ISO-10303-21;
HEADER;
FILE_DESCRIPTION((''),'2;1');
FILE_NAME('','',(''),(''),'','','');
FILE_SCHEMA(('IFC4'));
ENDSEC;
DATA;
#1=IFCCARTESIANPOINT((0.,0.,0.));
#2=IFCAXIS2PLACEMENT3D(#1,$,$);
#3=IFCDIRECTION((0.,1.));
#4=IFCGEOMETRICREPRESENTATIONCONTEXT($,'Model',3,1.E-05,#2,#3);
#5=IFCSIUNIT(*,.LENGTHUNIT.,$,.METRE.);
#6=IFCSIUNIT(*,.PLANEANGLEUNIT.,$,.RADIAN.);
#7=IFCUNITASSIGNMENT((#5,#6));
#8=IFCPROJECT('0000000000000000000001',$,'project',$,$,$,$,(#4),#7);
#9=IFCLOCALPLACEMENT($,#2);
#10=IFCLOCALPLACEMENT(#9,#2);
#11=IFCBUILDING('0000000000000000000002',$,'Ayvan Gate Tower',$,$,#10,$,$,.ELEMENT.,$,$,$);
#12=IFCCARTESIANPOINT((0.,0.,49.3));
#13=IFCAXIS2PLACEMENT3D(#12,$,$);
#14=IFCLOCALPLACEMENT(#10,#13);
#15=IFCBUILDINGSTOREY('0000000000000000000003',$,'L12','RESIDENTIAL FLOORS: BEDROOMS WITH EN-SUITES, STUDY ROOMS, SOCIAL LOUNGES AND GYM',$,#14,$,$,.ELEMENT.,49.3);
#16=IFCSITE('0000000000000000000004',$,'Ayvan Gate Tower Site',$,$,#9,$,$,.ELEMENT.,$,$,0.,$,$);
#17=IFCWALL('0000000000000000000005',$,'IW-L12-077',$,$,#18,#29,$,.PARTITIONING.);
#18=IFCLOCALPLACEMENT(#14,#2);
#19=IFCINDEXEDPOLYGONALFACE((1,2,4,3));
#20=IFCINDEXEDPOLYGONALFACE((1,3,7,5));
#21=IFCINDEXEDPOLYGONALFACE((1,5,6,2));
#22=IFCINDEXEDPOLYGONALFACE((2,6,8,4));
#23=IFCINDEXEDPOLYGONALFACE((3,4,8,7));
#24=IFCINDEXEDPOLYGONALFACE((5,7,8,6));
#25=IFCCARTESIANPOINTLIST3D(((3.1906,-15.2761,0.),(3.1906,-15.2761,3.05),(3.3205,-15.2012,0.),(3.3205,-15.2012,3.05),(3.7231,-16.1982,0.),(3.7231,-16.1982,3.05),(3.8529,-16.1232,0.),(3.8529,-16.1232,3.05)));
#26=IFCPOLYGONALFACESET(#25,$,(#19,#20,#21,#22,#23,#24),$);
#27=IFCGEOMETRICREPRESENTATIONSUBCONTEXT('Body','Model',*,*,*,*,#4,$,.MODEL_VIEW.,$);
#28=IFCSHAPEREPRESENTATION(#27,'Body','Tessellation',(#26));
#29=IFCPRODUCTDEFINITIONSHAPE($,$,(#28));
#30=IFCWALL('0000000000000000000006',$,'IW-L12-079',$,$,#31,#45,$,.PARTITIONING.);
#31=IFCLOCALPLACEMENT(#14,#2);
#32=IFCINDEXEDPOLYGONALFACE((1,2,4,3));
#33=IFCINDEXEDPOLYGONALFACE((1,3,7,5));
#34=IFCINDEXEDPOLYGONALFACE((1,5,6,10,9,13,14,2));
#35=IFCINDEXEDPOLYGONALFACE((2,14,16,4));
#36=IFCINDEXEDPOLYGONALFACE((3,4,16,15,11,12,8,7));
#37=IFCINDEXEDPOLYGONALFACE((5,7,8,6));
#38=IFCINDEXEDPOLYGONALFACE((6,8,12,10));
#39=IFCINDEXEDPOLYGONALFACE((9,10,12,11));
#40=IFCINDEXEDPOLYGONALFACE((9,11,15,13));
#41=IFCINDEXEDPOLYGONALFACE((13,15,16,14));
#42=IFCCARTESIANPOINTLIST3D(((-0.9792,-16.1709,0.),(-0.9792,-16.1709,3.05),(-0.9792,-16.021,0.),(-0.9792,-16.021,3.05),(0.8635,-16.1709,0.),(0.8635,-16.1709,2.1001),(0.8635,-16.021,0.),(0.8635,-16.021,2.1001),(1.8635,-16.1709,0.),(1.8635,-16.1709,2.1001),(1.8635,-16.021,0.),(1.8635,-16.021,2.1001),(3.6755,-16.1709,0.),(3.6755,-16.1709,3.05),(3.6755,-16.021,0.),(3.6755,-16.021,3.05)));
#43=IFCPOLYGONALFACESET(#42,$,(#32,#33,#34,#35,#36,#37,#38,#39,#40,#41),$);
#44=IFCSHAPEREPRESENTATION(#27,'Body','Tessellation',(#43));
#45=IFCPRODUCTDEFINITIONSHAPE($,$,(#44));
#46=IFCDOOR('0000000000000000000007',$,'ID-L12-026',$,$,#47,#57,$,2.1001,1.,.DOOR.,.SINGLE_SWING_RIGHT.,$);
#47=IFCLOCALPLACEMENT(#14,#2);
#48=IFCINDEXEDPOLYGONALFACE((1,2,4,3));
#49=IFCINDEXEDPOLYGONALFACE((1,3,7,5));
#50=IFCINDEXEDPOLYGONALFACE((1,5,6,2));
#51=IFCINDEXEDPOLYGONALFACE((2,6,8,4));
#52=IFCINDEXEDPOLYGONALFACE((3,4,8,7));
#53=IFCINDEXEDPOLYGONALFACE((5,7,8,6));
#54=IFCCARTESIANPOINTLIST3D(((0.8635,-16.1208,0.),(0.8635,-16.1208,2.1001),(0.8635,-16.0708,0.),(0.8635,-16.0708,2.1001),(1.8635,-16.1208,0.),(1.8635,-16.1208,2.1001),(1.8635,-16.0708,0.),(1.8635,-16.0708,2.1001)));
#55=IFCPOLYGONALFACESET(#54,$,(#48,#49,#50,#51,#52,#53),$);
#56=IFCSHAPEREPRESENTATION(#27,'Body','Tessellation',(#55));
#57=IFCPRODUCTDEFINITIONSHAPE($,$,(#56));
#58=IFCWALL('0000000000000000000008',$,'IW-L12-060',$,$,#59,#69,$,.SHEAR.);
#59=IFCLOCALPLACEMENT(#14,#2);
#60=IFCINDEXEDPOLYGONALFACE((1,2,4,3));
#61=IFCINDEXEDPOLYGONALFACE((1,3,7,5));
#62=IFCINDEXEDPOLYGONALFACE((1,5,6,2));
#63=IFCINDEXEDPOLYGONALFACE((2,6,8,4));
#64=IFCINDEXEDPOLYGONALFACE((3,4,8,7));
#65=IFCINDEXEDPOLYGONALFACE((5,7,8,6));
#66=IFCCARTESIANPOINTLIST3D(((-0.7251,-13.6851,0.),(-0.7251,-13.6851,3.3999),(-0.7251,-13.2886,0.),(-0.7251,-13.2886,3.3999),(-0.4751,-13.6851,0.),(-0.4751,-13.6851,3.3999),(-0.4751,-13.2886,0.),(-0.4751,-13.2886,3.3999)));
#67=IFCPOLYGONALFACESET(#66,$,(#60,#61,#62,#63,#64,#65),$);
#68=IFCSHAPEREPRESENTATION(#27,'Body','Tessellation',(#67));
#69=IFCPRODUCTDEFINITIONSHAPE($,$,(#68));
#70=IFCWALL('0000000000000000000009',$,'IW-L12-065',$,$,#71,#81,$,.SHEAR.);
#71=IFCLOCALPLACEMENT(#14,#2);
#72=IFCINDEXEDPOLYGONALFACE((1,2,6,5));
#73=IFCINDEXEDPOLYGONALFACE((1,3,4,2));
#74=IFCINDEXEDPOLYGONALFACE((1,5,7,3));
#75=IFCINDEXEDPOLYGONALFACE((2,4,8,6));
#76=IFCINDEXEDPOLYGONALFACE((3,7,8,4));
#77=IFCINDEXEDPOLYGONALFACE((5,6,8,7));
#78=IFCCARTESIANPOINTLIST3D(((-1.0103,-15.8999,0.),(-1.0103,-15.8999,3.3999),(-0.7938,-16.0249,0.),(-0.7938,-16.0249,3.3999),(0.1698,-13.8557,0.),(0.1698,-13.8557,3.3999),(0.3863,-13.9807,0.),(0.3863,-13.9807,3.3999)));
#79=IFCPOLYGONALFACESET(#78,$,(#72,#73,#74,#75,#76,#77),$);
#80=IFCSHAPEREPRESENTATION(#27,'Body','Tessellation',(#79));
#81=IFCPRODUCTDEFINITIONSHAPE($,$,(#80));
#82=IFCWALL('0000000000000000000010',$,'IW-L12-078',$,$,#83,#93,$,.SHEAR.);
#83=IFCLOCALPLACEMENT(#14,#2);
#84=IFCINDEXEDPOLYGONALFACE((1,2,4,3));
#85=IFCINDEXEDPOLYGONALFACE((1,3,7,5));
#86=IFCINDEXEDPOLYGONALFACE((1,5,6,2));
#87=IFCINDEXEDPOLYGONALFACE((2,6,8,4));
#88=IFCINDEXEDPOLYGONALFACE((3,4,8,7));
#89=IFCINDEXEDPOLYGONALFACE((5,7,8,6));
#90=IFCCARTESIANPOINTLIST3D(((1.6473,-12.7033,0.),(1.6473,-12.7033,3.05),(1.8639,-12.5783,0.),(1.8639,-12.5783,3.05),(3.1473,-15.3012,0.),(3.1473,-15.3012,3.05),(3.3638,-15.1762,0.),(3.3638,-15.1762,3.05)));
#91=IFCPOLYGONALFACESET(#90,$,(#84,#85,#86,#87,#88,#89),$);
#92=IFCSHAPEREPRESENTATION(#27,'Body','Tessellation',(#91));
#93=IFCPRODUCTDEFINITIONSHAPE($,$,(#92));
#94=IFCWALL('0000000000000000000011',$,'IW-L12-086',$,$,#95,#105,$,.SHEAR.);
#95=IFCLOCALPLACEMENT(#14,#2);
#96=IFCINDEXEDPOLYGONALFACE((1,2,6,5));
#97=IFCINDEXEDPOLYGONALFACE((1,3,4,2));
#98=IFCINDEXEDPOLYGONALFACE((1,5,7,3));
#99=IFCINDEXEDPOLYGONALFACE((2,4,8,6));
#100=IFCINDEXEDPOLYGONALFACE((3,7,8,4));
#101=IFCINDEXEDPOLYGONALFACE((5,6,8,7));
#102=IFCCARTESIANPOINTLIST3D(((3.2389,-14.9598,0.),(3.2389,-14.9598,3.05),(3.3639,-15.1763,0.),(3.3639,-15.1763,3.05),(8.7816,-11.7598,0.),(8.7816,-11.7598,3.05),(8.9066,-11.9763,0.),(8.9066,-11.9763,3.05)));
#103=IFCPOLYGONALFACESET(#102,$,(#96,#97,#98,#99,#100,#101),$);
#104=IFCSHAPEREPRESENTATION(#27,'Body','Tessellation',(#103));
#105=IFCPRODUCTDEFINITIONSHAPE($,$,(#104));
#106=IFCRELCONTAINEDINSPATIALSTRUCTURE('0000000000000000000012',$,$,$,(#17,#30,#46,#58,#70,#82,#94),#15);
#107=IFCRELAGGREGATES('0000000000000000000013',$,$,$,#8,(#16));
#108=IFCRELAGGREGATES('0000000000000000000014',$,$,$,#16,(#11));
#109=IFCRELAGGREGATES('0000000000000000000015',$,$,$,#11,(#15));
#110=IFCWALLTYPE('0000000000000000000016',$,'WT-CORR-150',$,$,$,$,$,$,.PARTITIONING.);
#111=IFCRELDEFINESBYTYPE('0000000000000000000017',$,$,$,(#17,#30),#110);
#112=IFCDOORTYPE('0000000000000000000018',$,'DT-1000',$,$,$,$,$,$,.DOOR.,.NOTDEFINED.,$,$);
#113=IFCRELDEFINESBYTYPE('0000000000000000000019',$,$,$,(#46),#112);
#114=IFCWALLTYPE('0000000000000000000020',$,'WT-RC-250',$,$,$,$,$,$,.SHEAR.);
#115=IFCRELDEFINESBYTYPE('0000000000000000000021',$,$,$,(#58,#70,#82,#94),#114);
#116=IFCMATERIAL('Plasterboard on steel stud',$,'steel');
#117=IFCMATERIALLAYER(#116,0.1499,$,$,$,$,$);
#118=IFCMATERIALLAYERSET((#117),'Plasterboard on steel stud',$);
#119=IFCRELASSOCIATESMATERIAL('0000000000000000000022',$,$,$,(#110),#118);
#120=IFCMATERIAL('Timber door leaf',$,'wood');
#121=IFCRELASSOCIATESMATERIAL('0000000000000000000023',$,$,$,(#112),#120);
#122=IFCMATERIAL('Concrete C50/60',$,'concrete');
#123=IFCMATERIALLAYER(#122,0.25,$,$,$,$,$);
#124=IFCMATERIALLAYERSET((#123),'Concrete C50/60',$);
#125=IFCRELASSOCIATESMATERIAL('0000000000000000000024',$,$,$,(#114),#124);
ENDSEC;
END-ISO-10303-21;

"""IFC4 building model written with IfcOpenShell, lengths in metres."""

from ifc_helpers import new_model, si_unit, direction, frame, frame_2d, origin, place, context, subcontext, project, spatial, rectangle, extrude, material, layer, layer_set, type_object, element, fill, save


model = new_model("IFC4")

# Units and contexts
model_context = context("Model", 3, precision=1e-05, world=origin(), true_north=direction((0.0, 1.0)))
body_context = subcontext(model_context, "Body", "Model", "MODEL_VIEW")
ifc_project = project(units=[si_unit("LENGTHUNIT", "METRE"), si_unit("PLANEANGLEUNIT", "RADIAN")], contexts=[model_context])

# Site, building, storey
site_placement = place(None, origin())
site = spatial("IfcSite", under=ifc_project, at=site_placement, Name="Ayvan Gate Tower Site", CompositionType="ELEMENT", RefElevation=0.0)
building_placement = place(site_placement, origin())
building = spatial("IfcBuilding", under=site, at=building_placement, Name="Ayvan Gate Tower", CompositionType="ELEMENT")
storey_placement = place(building_placement, frame((0.0, 0.0, 49.3)))
storey = spatial("IfcBuildingStorey", under=building, at=storey_placement, Name="L12", Description="RESIDENTIAL FLOORS: BEDROOMS WITH EN-SUITES, STUDY ROOMS, SOCIAL LOUNGES AND GYM", CompositionType="ELEMENT", Elevation=49.3)

# Wall
ifc_material_1 = material(Name="Plasterboard on steel stud", Category="steel")
ifc_layer_1 = layer(ifc_material_1, 0.1499)
ifc_layer_set_1 = layer_set([ifc_layer_1], Name="Plasterboard on steel stud")
wall_type_1 = type_object("IfcWallType", Name="WT-CORR-150", PredefinedType="PARTITIONING", material=ifc_layer_set_1)
wall_1_placement = place(storey_placement, frame((3.2556, -15.2388, 0.0), z_axis=(0.0, 0.0, 1.0), x_axis=(0.50006, -0.865991, 0.0)))
element("IfcWall", 1, at=wall_1_placement, inside=storey, type_object=wall_type_1, Name="IW-L12-077", PredefinedType="PARTITIONING", context=body_context, shape_type="SweptSolid", body=[
    extrude(rectangle(XDim=1.0647, YDim=0.1499, at=frame_2d((0.5322, 0.0))), origin(), (0.0, 0.0, 1.0), 3.05),
])

# Wall, opening, door
wall_2_placement = place(storey_placement, frame((3.6755, -16.0959, 0.0), z_axis=(0.0, 0.0, 1.0), x_axis=(-1.0, 0.0, 0.0)))
wall_2 = element("IfcWall", 2, at=wall_2_placement, inside=storey, type_object=wall_type_1, Name="IW-L12-079", PredefinedType="PARTITIONING", context=body_context, shape_type="SweptSolid", body=[
    extrude(rectangle(XDim=4.6548, YDim=0.1499, at=frame_2d((2.3274, 0.0))), origin(), (0.0, 0.0, 1.0), 3.05),
])
opening_placement = place(wall_2_placement, frame((1.812, 0.0, 0.0)))
opening = element("IfcOpeningElement", 3, at=opening_placement, cuts=wall_2, PredefinedType="OPENING", context=body_context, shape_type="SweptSolid", body=[
    extrude(rectangle(XDim=1.0, YDim=2.1001, at=frame_2d((0.5, 1.05))), frame((0.0, 0.085, 0.0), z_axis=(0.0, -1.0, 0.0), x_axis=(1.0, 0.0, 0.0)), (0.0, 0.0, 1.0), 0.1699),
])
ifc_material_2 = material(Name="Timber door leaf", Category="wood")
door_type = type_object("IfcDoorType", Name="DT-1000", OperationType="NOTDEFINED", PredefinedType="DOOR", material=ifc_material_2)
door_placement = place(opening_placement, origin())
door = element("IfcDoor", 4, at=door_placement, inside=storey, type_object=door_type, Name="ID-L12-026", OperationType="SINGLE_SWING_RIGHT", OverallHeight=2.1001, OverallWidth=1.0, PredefinedType="DOOR", context=body_context, shape_type="SweptSolid", body=[
    extrude(rectangle(XDim=1.0, YDim=2.1001, at=frame_2d((0.5, 1.05))), frame((0.0, 0.0249, 0.0), z_axis=(0.0, -1.0, 0.0), x_axis=(1.0, 0.0, 0.0)), (0.0, 0.0, 1.0), 0.05),
])
fill(opening, door)

# Walls
ifc_material_3 = material(Name="Concrete C50/60", Category="concrete")
ifc_layer_2 = layer(ifc_material_3, 0.25)
ifc_layer_set_2 = layer_set([ifc_layer_2], Name="Concrete C50/60")
wall_type_2 = type_object("IfcWallType", Name="WT-RC-250", PredefinedType="SHEAR", material=ifc_layer_set_2)
wall_3_placement = place(storey_placement, frame((-0.6001, -13.2886, 0.0), z_axis=(0.0, 0.0, 1.0), x_axis=(0.0, -1.0, 0.0)))
element("IfcWall", 5, at=wall_3_placement, inside=storey, type_object=wall_type_2, Name="IW-L12-060", PredefinedType="SHEAR", context=body_context, shape_type="SweptSolid", body=[
    extrude(rectangle(XDim=0.3965, YDim=0.25, at=frame_2d((0.1982, 0.0))), origin(), (0.0, 0.0, 1.0), 3.3999),
])
wall_4_placement = place(storey_placement, frame((0.2781, -13.9182, 0.0), z_axis=(0.0, 0.0, 1.0), x_axis=(-0.499988, -0.866032, 0.0)))
element("IfcWall", 6, at=wall_4_placement, inside=storey, type_object=wall_type_2, Name="IW-L12-065", PredefinedType="SHEAR", context=body_context, shape_type="SweptSolid", body=[
    extrude(rectangle(XDim=2.3604, YDim=0.25, at=frame_2d((1.1802, 0.0))), origin(), (0.0, 0.0, 1.0), 3.3999),
])
wall_5_placement = place(storey_placement, frame((3.2556, -15.2388, 0.0), z_axis=(0.0, 0.0, 1.0), x_axis=(-0.500025, 0.866011, 0.0)))
element("IfcWall", 7, at=wall_5_placement, inside=storey, type_object=wall_type_2, Name="IW-L12-078", PredefinedType="SHEAR", context=body_context, shape_type="SweptSolid", body=[
    extrude(rectangle(XDim=2.9998, YDim=0.25, at=frame_2d((1.5, 0.0))), origin(), (0.0, 0.0, 1.0), 3.05),
])
wall_6_placement = place(storey_placement, frame((3.3013, -15.0681, 0.0), z_axis=(0.0, 0.0, 1.0), x_axis=(0.866035, 0.499983, 0.0)))
element("IfcWall", 8, at=wall_6_placement, inside=storey, type_object=wall_type_2, Name="IW-L12-086", PredefinedType="SHEAR", context=body_context, shape_type="SweptSolid", body=[
    extrude(rectangle(XDim=6.4001, YDim=0.25, at=frame_2d((3.2002, 0.0))), origin(), (0.0, 0.0, 1.0), 3.05),
])

save(model, "model.ifc")
